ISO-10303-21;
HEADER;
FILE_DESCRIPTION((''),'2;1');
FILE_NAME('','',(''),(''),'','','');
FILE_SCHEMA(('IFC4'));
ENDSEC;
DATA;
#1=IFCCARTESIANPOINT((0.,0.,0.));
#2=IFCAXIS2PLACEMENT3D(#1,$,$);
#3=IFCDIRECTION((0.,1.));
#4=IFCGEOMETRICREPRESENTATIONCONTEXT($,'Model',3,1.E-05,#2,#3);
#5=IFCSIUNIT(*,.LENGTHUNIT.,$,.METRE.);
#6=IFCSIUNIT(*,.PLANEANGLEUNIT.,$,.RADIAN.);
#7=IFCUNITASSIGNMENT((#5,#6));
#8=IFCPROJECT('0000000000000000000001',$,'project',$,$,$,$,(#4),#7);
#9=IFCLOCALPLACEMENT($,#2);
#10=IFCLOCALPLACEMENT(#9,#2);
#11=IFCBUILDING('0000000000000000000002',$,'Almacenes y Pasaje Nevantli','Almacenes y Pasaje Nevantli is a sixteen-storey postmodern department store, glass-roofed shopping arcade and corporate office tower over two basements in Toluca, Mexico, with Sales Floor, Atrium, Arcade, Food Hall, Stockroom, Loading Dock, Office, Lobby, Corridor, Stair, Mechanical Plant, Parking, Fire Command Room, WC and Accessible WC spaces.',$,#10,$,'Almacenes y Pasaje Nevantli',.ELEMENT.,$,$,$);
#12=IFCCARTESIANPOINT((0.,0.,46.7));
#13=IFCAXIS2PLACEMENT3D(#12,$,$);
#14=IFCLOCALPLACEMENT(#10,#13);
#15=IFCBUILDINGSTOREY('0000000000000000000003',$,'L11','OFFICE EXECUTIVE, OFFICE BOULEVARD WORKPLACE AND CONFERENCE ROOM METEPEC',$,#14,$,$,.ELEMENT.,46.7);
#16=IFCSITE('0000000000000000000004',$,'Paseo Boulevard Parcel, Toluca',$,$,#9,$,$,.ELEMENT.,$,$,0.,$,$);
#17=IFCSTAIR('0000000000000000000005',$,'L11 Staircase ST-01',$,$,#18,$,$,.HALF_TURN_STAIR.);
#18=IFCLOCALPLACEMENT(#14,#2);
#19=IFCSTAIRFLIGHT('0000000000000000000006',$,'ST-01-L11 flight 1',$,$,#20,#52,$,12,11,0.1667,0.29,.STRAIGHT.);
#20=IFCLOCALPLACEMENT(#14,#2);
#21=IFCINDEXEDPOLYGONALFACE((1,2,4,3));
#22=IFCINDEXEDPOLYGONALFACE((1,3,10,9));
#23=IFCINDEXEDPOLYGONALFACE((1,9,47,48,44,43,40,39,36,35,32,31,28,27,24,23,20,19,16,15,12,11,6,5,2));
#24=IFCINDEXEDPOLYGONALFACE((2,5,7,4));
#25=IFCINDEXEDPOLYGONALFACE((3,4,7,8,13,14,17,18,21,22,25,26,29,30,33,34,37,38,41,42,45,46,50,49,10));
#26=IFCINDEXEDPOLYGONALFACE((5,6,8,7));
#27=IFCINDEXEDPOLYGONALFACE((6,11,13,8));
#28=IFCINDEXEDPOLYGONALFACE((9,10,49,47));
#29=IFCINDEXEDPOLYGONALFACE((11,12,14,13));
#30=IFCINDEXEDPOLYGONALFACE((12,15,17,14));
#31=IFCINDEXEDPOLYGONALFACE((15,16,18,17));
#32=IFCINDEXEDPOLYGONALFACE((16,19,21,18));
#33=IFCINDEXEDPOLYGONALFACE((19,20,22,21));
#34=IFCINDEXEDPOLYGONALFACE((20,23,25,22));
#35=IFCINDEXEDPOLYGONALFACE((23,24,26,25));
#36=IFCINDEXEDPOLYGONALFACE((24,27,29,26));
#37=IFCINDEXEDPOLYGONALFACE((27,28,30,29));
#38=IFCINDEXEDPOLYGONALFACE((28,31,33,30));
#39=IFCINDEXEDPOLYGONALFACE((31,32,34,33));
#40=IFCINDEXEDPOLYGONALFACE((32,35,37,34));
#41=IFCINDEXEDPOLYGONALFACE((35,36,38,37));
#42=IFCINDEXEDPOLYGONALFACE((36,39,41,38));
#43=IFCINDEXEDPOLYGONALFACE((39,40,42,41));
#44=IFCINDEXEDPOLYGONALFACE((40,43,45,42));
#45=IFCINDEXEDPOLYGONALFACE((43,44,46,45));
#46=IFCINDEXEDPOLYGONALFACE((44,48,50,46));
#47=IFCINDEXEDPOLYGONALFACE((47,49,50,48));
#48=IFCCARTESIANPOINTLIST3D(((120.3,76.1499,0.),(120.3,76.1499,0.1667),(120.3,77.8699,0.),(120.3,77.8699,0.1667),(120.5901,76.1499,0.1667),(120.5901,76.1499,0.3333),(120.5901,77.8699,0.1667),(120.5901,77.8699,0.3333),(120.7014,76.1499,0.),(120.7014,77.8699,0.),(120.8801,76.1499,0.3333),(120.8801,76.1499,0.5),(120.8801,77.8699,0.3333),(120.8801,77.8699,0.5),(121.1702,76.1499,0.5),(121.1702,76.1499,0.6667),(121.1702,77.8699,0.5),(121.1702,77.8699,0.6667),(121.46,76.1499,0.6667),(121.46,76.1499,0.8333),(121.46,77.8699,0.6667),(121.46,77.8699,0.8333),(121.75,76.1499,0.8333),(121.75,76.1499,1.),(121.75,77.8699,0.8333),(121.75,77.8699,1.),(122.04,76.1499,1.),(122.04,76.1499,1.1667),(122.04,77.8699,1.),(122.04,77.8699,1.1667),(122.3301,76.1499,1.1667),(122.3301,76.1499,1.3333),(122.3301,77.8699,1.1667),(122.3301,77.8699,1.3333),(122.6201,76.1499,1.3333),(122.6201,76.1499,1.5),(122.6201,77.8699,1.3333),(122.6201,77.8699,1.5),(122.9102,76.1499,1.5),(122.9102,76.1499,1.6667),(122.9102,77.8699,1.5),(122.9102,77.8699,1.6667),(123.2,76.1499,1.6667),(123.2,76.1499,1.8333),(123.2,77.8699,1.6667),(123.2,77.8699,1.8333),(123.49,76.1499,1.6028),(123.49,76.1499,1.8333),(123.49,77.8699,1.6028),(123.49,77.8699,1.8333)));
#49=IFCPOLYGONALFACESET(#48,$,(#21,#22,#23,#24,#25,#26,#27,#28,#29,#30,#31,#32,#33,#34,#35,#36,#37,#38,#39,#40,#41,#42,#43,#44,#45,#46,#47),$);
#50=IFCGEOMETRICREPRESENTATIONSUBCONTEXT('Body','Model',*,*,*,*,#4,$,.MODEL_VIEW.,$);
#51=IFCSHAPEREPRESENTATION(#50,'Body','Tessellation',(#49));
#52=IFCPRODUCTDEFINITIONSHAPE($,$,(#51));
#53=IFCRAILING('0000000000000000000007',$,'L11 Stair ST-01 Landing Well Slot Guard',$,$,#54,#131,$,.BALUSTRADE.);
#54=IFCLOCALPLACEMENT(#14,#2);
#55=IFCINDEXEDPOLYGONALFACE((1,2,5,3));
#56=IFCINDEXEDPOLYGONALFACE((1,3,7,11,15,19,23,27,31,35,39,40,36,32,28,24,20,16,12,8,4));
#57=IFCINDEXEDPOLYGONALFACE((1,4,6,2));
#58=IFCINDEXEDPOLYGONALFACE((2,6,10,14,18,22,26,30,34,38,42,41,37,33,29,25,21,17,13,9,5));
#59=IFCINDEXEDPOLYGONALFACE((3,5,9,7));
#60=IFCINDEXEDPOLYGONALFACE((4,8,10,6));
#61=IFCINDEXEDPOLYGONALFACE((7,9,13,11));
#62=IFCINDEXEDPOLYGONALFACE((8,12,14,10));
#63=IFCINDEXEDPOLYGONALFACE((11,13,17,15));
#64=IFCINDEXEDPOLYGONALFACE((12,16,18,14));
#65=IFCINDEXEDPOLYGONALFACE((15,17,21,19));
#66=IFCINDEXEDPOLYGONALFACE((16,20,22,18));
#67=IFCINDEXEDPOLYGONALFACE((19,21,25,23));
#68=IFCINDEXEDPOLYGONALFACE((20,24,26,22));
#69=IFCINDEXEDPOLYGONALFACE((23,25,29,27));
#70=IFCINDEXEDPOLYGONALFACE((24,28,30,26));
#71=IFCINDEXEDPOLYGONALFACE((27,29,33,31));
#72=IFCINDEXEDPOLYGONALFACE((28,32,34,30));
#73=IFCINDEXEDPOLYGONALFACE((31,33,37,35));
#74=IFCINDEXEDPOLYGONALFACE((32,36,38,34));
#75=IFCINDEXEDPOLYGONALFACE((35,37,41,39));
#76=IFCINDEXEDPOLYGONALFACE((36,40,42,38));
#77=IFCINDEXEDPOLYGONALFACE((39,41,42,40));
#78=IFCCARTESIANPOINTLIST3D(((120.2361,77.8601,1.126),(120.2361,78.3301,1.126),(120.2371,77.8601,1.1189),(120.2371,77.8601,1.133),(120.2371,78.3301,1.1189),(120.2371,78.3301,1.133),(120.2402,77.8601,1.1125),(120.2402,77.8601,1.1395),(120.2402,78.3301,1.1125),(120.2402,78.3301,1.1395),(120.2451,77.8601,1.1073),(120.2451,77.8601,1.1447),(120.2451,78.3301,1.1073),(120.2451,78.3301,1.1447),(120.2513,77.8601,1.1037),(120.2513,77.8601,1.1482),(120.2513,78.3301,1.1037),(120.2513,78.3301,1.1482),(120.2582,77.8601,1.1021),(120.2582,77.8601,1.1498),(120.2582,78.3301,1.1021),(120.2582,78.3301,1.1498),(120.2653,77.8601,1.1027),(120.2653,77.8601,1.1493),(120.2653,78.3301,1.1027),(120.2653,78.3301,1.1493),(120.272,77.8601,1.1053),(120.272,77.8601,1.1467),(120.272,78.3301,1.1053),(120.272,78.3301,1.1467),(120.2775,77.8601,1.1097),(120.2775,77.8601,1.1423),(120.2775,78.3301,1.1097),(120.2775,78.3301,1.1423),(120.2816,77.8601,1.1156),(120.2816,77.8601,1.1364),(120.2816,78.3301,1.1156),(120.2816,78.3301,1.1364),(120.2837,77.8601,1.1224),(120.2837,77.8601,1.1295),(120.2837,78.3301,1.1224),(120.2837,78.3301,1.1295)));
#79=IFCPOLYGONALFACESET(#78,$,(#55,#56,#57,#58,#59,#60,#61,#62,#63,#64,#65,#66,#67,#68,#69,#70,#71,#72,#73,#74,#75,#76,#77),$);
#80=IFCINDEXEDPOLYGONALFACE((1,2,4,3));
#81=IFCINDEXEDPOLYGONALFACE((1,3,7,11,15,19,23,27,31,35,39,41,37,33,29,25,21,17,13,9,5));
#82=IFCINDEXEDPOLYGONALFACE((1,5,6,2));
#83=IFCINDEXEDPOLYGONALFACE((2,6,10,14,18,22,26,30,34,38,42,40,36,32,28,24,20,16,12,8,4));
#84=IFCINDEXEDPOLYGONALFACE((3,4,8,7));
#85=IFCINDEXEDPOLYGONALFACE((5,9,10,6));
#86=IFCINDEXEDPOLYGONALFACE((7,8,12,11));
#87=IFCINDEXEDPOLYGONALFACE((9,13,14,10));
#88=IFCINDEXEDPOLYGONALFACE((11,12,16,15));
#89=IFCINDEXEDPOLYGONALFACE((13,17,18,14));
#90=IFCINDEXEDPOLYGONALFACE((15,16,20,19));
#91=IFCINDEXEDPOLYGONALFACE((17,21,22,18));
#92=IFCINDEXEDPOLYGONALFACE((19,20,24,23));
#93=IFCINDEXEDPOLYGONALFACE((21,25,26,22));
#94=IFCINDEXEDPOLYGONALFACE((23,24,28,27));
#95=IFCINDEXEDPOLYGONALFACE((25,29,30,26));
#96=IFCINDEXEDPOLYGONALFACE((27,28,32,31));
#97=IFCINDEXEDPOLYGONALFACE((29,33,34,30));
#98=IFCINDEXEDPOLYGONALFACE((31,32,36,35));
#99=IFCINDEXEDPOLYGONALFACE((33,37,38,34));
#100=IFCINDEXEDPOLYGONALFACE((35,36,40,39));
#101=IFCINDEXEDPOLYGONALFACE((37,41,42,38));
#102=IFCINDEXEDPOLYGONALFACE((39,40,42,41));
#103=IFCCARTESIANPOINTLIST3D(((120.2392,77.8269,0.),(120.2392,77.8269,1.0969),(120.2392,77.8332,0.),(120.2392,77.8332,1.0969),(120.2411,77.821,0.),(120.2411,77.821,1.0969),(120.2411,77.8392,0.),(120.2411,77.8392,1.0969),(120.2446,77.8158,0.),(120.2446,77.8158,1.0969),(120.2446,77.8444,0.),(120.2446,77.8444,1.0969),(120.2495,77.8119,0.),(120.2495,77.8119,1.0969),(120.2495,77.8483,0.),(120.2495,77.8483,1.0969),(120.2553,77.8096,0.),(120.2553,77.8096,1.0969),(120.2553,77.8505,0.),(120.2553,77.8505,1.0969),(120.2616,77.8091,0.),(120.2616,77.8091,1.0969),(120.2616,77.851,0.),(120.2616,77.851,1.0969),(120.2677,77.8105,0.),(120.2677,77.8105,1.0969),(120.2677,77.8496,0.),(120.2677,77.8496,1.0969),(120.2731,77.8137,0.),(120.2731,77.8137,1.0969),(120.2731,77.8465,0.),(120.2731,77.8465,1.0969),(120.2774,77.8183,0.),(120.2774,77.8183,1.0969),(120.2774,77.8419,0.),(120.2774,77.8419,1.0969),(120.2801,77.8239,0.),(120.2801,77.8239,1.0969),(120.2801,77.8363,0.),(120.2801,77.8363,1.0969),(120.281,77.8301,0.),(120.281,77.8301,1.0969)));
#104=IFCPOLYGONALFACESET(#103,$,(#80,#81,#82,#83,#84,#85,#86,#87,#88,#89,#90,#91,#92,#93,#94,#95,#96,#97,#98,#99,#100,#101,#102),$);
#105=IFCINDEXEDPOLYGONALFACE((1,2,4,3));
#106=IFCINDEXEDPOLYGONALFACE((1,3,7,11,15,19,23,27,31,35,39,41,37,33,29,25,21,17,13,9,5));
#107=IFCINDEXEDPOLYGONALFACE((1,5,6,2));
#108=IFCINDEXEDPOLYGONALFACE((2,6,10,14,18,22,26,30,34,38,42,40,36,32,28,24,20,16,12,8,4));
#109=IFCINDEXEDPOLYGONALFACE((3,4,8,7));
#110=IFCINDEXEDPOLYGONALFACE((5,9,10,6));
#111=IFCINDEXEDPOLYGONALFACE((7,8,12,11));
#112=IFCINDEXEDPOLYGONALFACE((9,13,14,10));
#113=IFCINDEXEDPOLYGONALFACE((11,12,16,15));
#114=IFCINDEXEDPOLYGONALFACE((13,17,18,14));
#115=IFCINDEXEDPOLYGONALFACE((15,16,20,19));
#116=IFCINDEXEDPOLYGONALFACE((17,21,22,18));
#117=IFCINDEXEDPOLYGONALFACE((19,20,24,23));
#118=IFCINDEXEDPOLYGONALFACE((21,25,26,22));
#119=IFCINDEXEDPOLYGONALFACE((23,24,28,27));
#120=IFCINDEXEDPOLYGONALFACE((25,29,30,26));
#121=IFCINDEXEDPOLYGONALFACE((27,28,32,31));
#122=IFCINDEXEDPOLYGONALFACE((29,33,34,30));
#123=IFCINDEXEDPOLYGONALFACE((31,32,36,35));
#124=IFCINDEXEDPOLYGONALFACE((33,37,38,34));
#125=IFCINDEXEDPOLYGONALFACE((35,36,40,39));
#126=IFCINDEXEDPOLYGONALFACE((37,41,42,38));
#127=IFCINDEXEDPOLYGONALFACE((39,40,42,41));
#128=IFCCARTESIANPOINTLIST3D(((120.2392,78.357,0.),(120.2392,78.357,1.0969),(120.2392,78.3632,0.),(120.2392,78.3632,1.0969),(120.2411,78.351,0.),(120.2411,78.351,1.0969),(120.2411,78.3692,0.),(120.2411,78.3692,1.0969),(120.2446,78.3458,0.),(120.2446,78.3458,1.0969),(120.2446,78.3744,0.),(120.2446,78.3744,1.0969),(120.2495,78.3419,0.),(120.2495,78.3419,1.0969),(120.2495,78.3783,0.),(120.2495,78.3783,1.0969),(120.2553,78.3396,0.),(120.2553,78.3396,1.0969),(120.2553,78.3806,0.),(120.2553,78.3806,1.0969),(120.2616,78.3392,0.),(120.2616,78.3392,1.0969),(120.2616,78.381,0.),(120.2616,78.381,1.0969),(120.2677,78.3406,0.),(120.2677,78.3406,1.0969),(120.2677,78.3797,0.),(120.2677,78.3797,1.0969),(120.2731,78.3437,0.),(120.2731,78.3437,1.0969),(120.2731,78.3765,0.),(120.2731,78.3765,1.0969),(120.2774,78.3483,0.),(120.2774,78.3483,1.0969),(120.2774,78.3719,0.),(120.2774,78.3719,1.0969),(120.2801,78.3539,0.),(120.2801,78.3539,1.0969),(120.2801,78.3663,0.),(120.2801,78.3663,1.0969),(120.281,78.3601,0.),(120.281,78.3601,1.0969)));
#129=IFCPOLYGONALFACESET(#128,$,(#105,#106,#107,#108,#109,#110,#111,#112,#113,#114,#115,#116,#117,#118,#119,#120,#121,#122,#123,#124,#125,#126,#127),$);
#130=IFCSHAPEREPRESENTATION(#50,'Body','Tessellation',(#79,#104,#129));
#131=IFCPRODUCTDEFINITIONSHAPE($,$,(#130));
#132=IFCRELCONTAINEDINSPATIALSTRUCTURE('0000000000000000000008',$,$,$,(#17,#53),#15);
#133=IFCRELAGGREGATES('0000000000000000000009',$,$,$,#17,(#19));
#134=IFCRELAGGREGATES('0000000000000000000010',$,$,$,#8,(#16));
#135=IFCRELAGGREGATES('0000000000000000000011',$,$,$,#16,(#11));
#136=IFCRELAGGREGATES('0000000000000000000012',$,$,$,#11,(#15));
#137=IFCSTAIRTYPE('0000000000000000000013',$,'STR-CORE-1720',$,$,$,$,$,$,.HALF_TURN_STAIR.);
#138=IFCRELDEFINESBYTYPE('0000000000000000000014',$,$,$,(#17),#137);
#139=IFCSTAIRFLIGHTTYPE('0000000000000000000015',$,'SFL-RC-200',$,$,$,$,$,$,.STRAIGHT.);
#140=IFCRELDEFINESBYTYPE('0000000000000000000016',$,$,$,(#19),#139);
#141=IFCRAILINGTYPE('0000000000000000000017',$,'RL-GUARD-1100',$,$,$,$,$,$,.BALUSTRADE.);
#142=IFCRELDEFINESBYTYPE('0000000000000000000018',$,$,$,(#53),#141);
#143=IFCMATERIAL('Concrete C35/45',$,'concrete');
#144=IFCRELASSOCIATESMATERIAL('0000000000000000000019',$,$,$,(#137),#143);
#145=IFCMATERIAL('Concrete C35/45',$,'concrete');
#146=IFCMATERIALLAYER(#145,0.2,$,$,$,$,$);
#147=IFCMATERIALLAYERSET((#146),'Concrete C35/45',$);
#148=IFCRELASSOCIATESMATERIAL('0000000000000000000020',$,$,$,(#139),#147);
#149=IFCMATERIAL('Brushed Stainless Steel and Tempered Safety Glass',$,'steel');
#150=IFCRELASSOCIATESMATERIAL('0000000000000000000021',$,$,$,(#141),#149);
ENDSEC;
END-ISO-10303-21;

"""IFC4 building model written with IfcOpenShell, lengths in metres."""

from ifc_helpers import new_model, si_unit, direction, frame, origin, origin_2d, place, context, subcontext, project, spatial, polyline, circle, outline, extrude, material, layer, layer_set, type_object, element, aggregate, save


model = new_model("IFC4")

# Units and contexts
model_context = context("Model", 3, precision=1e-05, world=origin(), true_north=direction((0.0, 1.0)))
body_context = subcontext(model_context, "Body", "Model", "MODEL_VIEW")
ifc_project = project(units=[si_unit("LENGTHUNIT", "METRE"), si_unit("PLANEANGLEUNIT", "RADIAN")], contexts=[model_context])

# Site, building, storey
site_placement = place(None, origin())
site = spatial("IfcSite", under=ifc_project, at=site_placement, Name="Paseo Boulevard Parcel, Toluca", CompositionType="ELEMENT", RefElevation=0.0)
building_placement = place(site_placement, origin())
building = spatial("IfcBuilding", under=site, at=building_placement, Name="Almacenes y Pasaje Nevantli", Description="Almacenes y Pasaje Nevantli is a sixteen-storey postmodern department store, glass-roofed shopping arcade and corporate office tower over two basements in Toluca, Mexico, with Sales Floor, Atrium, Arcade, Food Hall, Stockroom, Loading Dock, Office, Lobby, Corridor, Stair, Mechanical Plant, Parking, Fire Command Room, WC and Accessible WC spaces.", LongName="Almacenes y Pasaje Nevantli", CompositionType="ELEMENT")
storey_placement = place(building_placement, frame((0.0, 0.0, 46.7)))
storey = spatial("IfcBuildingStorey", under=building, at=storey_placement, Name="L11", Description="OFFICE EXECUTIVE, OFFICE BOULEVARD WORKPLACE AND CONFERENCE ROOM METEPEC", CompositionType="ELEMENT", Elevation=46.7)

# Stair, stair flight
ifc_material_1 = material(Name="Concrete C35/45", Category="concrete")
stair_type = type_object("IfcStairType", Name="STR-CORE-1720", PredefinedType="HALF_TURN_STAIR", material=ifc_material_1)
stair_placement = place(storey_placement, origin())
stair = element("IfcStair", 1, at=stair_placement, inside=storey, type_object=stair_type, Name="L11 Staircase ST-01", PredefinedType="HALF_TURN_STAIR")
ifc_material_2 = material(Name="Concrete C35/45", Category="concrete")
ifc_layer_1 = layer(ifc_material_2, 0.2)
ifc_layer_set_1 = layer_set([ifc_layer_1], Name="Concrete C35/45")
stair_flight_type = type_object("IfcStairFlightType", Name="SFL-RC-200", PredefinedType="STRAIGHT", material=ifc_layer_set_1)
stair_flight_placement = place(storey_placement, frame((120.3, 77.01, 0.0), z_axis=(0.0, 0.0, 1.0), x_axis=(1.0, 0.0, 0.0)))
stair_flight = element("IfcStairFlight", 2, at=stair_flight_placement, type_object=stair_flight_type, Name="ST-01-L11 flight 1", NumberOfRisers=12, NumberOfTreads=11, PredefinedType="STRAIGHT", RiserHeight=0.1667, TreadLength=0.29, context=body_context, shape_type="SweptSolid", body=[
    extrude(outline(polyline([(0.0, 0.0), (0.0, 0.1667), (0.29, 0.1667), (0.29, 0.3333), (0.5801, 0.3333), (0.5801, 0.5), (0.8701, 0.5), (0.8701, 0.6667), (1.1599, 0.6667), (1.1599, 0.8333), (1.45, 0.8333), (1.45, 1.0), (1.74, 1.0), (1.74, 1.1667), (2.03, 1.1667), (2.03, 1.3333), (2.3201, 1.3333), (2.3201, 1.5), (2.6101, 1.5), (2.6101, 1.6667), (2.8999, 1.6667), (2.8999, 1.8333), (3.1899, 1.8333), (3.1899, 2.0), (3.1899, 1.6028), (0.4014, 0.0), (0.0, 0.0)])), frame((0.0, 0.8599, 0.0), z_axis=(0.0, -1.0, 0.0), x_axis=(1.0, 0.0, 0.0)), (0.0, 0.0, 1.0), 1.72),
])
aggregate(stair, [stair_flight])

# Railing
ifc_material_3 = material(Name="Brushed Stainless Steel and Tempered Safety Glass", Category="steel")
railing_type_1 = type_object("IfcRailingType", Name="RL-GUARD-1100", PredefinedType="BALUSTRADE", material=ifc_material_3)
railing_1_placement = place(storey_placement, frame((120.26, 77.8301, 0.0)))
element("IfcRailing", 3, at=railing_1_placement, inside=storey, type_object=railing_type_1, Name="L11 Stair ST-01 Landing Well Slot Guard", PredefinedType="BALUSTRADE", context=body_context, shape_type="SweptSolid", body=[
    extrude(circle(Radius=0.0239, at=origin_2d()), frame((0.0, 0.03, 1.126), z_axis=(0.0, 1.0, 0.0), x_axis=(-1.0, 0.0, 0.0)), (0.0, 0.0, 1.0), 0.47),
    extrude(circle(Radius=0.021, at=origin_2d()), origin(), (0.0, 0.0, 1.0), 1.0969),
    extrude(circle(Radius=0.021, at=origin_2d()), frame((0.0, 0.53, 0.0)), (0.0, 0.0, 1.0), 1.0969),
])

save(model, "model.ifc")
